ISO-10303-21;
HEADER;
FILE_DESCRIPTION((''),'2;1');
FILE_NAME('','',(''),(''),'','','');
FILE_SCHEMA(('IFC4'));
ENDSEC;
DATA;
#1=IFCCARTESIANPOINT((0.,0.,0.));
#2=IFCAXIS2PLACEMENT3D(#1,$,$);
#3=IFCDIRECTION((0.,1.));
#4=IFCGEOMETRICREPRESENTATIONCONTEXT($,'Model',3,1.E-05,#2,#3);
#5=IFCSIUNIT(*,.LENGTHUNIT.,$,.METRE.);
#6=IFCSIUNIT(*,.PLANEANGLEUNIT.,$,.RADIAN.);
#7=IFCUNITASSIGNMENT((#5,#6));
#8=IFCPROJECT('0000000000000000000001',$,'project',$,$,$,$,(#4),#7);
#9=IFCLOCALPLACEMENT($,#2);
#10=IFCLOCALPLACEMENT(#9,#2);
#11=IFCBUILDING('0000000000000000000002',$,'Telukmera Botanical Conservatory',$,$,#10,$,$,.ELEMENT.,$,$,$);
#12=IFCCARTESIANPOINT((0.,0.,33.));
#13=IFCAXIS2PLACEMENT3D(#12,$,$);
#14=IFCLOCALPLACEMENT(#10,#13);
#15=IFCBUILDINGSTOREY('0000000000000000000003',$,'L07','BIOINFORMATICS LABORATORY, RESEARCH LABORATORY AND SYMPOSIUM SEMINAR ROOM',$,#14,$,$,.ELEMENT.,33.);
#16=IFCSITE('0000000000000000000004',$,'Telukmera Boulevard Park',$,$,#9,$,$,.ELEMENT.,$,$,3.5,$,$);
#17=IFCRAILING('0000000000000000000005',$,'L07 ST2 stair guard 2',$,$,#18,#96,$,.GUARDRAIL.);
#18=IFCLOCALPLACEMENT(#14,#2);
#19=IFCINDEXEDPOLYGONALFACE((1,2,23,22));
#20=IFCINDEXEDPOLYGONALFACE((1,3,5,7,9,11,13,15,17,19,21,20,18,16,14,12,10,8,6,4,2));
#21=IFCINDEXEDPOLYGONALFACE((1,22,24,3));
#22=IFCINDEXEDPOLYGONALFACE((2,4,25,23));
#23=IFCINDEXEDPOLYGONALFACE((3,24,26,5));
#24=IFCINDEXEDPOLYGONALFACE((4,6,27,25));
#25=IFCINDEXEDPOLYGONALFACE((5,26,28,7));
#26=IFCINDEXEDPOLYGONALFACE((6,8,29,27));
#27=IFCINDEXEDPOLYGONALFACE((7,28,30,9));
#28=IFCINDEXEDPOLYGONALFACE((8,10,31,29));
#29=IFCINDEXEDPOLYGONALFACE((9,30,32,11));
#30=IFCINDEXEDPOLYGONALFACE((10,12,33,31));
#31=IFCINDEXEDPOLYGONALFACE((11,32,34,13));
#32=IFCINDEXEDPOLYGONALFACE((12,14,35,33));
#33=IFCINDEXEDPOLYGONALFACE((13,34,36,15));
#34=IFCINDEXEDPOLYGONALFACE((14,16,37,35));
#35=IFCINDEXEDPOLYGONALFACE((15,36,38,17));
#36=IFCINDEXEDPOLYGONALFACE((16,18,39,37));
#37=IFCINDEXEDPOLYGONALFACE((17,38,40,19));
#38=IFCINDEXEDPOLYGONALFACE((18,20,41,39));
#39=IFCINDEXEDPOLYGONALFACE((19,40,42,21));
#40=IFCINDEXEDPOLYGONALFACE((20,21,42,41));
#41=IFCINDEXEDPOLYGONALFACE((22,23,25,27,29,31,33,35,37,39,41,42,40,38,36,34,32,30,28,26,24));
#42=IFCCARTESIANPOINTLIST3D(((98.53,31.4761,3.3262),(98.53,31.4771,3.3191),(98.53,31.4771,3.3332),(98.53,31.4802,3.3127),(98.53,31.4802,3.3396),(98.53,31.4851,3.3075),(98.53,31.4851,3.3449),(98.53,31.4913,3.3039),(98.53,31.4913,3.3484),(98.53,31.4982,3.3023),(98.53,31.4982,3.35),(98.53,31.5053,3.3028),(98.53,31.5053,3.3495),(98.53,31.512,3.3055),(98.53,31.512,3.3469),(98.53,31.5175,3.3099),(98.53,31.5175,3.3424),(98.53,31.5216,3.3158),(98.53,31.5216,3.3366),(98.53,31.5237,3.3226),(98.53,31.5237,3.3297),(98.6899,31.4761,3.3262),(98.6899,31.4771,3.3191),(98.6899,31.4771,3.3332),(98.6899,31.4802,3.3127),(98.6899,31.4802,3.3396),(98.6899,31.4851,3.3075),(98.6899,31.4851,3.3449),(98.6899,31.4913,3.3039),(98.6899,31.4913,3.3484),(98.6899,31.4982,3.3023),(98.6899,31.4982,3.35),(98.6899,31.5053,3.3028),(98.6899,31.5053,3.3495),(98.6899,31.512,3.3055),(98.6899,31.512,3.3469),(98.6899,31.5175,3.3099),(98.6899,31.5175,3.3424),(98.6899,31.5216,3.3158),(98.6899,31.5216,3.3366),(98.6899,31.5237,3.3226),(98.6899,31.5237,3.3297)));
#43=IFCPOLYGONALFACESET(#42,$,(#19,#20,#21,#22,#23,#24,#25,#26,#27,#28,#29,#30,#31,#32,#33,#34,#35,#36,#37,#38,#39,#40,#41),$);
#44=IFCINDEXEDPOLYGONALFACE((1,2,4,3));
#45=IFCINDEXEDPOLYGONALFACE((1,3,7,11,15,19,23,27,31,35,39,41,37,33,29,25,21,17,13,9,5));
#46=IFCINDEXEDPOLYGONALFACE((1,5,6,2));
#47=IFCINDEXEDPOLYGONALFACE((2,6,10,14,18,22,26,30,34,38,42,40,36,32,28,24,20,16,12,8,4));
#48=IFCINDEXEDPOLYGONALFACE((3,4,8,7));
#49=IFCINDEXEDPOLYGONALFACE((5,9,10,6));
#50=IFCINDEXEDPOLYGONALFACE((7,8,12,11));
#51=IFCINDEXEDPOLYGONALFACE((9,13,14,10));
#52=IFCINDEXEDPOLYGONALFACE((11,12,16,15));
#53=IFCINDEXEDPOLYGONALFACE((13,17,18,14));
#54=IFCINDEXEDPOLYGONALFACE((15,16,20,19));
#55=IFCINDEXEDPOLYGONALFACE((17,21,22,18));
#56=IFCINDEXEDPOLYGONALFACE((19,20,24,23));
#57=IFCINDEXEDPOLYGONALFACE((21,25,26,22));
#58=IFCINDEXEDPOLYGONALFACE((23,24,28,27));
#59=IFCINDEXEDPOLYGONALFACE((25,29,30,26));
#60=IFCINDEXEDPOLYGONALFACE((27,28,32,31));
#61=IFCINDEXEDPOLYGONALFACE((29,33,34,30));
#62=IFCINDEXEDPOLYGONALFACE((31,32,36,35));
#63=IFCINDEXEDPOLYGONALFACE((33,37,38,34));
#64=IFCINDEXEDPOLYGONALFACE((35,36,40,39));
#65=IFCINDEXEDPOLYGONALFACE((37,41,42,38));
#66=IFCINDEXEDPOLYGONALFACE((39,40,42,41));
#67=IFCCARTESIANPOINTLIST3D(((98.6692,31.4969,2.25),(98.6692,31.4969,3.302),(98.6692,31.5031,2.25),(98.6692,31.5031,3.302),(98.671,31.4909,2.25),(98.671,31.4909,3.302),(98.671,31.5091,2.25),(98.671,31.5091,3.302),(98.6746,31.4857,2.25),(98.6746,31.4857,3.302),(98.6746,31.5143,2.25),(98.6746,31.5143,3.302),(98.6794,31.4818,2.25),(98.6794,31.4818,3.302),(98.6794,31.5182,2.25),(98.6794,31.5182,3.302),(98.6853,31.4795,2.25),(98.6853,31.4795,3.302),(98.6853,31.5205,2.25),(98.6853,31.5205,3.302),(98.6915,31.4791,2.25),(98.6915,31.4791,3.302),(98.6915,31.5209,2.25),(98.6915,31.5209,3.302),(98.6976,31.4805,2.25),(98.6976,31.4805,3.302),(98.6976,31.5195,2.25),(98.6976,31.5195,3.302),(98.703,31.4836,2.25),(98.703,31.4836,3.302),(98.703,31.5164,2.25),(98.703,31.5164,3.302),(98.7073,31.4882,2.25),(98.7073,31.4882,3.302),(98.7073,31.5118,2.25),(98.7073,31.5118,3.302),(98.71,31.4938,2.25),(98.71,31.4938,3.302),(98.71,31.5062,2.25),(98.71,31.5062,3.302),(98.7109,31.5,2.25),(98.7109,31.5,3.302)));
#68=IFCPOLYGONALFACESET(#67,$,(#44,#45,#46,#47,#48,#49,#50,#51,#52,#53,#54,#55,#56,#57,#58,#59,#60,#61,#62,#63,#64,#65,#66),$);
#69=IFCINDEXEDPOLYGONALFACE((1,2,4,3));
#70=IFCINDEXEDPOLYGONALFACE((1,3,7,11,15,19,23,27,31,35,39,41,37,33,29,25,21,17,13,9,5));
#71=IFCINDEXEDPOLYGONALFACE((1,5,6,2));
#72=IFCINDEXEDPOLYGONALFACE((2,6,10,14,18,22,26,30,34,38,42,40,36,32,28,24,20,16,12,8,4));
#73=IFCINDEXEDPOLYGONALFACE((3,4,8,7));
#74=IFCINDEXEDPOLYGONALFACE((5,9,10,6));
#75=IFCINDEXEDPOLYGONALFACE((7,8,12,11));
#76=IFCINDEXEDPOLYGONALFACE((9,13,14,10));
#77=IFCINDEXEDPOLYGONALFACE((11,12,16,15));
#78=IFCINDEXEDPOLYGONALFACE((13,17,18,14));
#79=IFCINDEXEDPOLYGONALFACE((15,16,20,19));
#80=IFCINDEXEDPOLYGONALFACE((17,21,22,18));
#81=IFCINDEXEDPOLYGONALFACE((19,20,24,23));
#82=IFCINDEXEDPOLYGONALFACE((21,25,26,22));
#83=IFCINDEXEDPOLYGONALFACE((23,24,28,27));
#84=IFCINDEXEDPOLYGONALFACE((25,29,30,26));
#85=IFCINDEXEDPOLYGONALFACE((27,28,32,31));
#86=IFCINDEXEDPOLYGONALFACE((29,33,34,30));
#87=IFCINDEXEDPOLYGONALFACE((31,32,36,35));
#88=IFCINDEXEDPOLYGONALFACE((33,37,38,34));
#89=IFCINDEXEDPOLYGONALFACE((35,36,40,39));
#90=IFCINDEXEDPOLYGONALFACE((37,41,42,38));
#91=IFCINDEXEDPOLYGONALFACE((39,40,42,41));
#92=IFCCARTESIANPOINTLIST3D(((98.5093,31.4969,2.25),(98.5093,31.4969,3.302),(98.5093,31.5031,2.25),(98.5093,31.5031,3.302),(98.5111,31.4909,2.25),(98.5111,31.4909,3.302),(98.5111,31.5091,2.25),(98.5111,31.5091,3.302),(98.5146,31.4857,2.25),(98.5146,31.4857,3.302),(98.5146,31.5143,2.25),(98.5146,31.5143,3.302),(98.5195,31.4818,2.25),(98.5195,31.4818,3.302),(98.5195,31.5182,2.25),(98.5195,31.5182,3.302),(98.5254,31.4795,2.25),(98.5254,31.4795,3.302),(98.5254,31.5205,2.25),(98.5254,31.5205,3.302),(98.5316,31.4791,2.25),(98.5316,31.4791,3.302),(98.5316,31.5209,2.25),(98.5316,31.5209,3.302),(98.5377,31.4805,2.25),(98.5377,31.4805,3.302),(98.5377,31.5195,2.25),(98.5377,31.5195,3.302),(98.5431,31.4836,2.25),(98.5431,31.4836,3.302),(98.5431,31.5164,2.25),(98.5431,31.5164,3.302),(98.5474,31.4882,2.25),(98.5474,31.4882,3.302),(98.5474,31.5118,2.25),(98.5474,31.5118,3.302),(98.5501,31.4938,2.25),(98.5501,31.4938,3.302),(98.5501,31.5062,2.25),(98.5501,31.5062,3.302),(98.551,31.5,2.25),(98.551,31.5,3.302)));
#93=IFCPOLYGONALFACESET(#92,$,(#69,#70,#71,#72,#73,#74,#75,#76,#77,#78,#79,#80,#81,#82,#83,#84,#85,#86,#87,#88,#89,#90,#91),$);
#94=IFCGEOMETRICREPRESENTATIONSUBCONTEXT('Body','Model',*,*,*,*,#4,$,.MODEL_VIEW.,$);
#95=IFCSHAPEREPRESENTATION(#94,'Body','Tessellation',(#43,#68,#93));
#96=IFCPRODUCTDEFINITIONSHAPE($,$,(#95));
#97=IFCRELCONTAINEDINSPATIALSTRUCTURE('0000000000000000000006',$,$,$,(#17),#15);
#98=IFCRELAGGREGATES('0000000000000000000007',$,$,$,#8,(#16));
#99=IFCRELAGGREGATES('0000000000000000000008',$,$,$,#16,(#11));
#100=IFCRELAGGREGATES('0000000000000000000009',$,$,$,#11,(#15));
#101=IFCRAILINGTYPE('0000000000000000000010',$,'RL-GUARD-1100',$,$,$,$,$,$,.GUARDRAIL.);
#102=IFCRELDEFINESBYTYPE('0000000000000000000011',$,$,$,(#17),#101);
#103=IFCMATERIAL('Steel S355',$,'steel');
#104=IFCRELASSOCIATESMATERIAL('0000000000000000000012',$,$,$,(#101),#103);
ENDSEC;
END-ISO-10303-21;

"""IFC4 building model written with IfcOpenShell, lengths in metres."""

from ifc_helpers import new_model, si_unit, direction, frame, origin, origin_2d, place, context, subcontext, project, spatial, circle, extrude, material, type_object, element, save


model = new_model("IFC4")

# Units and contexts
model_context = context("Model", 3, precision=1e-05, world=origin(), true_north=direction((0.0, 1.0)))
body_context = subcontext(model_context, "Body", "Model", "MODEL_VIEW")
ifc_project = project(units=[si_unit("LENGTHUNIT", "METRE"), si_unit("PLANEANGLEUNIT", "RADIAN")], contexts=[model_context])

# Site, building, storey
site_placement = place(None, origin())
site = spatial("IfcSite", under=ifc_project, at=site_placement, Name="Telukmera Boulevard Park", CompositionType="ELEMENT", RefElevation=3.5)
building_placement = place(site_placement, origin())
building = spatial("IfcBuilding", under=site, at=building_placement, Name="Telukmera Botanical Conservatory", CompositionType="ELEMENT")
storey_placement = place(building_placement, frame((0.0, 0.0, 33.0)))
storey = spatial("IfcBuildingStorey", under=building, at=storey_placement, Name="L07", Description="BIOINFORMATICS LABORATORY, RESEARCH LABORATORY AND SYMPOSIUM SEMINAR ROOM", CompositionType="ELEMENT", Elevation=33.0)

# Railing
ifc_material_1 = material(Name="Steel S355", Category="steel")
railing_type_1 = type_object("IfcRailingType", Name="RL-GUARD-1100", PredefinedType="GUARDRAIL", material=ifc_material_1)
railing_1_placement = place(storey_placement, frame((98.6899, 31.5, 2.25)))
element("IfcRailing", 1, at=railing_1_placement, inside=storey, type_object=railing_type_1, Name="L07 ST2 stair guard 2", PredefinedType="GUARDRAIL", context=body_context, shape_type="SweptSolid", body=[
    extrude(circle(Radius=0.0239, at=origin_2d()), frame((0.0, 0.0, 1.0762), z_axis=(-1.0, 0.0, 0.0), x_axis=(0.0, -1.0, 0.0)), (0.0, 0.0, 1.0), 0.1599),
    extrude(circle(Radius=0.021, at=origin_2d()), origin(), (0.0, 0.0, 1.0), 1.052),
    extrude(circle(Radius=0.021, at=origin_2d()), frame((-0.1599, 0.0, 0.0)), (0.0, 0.0, 1.0), 1.052),
])

save(model, "model.ifc")
